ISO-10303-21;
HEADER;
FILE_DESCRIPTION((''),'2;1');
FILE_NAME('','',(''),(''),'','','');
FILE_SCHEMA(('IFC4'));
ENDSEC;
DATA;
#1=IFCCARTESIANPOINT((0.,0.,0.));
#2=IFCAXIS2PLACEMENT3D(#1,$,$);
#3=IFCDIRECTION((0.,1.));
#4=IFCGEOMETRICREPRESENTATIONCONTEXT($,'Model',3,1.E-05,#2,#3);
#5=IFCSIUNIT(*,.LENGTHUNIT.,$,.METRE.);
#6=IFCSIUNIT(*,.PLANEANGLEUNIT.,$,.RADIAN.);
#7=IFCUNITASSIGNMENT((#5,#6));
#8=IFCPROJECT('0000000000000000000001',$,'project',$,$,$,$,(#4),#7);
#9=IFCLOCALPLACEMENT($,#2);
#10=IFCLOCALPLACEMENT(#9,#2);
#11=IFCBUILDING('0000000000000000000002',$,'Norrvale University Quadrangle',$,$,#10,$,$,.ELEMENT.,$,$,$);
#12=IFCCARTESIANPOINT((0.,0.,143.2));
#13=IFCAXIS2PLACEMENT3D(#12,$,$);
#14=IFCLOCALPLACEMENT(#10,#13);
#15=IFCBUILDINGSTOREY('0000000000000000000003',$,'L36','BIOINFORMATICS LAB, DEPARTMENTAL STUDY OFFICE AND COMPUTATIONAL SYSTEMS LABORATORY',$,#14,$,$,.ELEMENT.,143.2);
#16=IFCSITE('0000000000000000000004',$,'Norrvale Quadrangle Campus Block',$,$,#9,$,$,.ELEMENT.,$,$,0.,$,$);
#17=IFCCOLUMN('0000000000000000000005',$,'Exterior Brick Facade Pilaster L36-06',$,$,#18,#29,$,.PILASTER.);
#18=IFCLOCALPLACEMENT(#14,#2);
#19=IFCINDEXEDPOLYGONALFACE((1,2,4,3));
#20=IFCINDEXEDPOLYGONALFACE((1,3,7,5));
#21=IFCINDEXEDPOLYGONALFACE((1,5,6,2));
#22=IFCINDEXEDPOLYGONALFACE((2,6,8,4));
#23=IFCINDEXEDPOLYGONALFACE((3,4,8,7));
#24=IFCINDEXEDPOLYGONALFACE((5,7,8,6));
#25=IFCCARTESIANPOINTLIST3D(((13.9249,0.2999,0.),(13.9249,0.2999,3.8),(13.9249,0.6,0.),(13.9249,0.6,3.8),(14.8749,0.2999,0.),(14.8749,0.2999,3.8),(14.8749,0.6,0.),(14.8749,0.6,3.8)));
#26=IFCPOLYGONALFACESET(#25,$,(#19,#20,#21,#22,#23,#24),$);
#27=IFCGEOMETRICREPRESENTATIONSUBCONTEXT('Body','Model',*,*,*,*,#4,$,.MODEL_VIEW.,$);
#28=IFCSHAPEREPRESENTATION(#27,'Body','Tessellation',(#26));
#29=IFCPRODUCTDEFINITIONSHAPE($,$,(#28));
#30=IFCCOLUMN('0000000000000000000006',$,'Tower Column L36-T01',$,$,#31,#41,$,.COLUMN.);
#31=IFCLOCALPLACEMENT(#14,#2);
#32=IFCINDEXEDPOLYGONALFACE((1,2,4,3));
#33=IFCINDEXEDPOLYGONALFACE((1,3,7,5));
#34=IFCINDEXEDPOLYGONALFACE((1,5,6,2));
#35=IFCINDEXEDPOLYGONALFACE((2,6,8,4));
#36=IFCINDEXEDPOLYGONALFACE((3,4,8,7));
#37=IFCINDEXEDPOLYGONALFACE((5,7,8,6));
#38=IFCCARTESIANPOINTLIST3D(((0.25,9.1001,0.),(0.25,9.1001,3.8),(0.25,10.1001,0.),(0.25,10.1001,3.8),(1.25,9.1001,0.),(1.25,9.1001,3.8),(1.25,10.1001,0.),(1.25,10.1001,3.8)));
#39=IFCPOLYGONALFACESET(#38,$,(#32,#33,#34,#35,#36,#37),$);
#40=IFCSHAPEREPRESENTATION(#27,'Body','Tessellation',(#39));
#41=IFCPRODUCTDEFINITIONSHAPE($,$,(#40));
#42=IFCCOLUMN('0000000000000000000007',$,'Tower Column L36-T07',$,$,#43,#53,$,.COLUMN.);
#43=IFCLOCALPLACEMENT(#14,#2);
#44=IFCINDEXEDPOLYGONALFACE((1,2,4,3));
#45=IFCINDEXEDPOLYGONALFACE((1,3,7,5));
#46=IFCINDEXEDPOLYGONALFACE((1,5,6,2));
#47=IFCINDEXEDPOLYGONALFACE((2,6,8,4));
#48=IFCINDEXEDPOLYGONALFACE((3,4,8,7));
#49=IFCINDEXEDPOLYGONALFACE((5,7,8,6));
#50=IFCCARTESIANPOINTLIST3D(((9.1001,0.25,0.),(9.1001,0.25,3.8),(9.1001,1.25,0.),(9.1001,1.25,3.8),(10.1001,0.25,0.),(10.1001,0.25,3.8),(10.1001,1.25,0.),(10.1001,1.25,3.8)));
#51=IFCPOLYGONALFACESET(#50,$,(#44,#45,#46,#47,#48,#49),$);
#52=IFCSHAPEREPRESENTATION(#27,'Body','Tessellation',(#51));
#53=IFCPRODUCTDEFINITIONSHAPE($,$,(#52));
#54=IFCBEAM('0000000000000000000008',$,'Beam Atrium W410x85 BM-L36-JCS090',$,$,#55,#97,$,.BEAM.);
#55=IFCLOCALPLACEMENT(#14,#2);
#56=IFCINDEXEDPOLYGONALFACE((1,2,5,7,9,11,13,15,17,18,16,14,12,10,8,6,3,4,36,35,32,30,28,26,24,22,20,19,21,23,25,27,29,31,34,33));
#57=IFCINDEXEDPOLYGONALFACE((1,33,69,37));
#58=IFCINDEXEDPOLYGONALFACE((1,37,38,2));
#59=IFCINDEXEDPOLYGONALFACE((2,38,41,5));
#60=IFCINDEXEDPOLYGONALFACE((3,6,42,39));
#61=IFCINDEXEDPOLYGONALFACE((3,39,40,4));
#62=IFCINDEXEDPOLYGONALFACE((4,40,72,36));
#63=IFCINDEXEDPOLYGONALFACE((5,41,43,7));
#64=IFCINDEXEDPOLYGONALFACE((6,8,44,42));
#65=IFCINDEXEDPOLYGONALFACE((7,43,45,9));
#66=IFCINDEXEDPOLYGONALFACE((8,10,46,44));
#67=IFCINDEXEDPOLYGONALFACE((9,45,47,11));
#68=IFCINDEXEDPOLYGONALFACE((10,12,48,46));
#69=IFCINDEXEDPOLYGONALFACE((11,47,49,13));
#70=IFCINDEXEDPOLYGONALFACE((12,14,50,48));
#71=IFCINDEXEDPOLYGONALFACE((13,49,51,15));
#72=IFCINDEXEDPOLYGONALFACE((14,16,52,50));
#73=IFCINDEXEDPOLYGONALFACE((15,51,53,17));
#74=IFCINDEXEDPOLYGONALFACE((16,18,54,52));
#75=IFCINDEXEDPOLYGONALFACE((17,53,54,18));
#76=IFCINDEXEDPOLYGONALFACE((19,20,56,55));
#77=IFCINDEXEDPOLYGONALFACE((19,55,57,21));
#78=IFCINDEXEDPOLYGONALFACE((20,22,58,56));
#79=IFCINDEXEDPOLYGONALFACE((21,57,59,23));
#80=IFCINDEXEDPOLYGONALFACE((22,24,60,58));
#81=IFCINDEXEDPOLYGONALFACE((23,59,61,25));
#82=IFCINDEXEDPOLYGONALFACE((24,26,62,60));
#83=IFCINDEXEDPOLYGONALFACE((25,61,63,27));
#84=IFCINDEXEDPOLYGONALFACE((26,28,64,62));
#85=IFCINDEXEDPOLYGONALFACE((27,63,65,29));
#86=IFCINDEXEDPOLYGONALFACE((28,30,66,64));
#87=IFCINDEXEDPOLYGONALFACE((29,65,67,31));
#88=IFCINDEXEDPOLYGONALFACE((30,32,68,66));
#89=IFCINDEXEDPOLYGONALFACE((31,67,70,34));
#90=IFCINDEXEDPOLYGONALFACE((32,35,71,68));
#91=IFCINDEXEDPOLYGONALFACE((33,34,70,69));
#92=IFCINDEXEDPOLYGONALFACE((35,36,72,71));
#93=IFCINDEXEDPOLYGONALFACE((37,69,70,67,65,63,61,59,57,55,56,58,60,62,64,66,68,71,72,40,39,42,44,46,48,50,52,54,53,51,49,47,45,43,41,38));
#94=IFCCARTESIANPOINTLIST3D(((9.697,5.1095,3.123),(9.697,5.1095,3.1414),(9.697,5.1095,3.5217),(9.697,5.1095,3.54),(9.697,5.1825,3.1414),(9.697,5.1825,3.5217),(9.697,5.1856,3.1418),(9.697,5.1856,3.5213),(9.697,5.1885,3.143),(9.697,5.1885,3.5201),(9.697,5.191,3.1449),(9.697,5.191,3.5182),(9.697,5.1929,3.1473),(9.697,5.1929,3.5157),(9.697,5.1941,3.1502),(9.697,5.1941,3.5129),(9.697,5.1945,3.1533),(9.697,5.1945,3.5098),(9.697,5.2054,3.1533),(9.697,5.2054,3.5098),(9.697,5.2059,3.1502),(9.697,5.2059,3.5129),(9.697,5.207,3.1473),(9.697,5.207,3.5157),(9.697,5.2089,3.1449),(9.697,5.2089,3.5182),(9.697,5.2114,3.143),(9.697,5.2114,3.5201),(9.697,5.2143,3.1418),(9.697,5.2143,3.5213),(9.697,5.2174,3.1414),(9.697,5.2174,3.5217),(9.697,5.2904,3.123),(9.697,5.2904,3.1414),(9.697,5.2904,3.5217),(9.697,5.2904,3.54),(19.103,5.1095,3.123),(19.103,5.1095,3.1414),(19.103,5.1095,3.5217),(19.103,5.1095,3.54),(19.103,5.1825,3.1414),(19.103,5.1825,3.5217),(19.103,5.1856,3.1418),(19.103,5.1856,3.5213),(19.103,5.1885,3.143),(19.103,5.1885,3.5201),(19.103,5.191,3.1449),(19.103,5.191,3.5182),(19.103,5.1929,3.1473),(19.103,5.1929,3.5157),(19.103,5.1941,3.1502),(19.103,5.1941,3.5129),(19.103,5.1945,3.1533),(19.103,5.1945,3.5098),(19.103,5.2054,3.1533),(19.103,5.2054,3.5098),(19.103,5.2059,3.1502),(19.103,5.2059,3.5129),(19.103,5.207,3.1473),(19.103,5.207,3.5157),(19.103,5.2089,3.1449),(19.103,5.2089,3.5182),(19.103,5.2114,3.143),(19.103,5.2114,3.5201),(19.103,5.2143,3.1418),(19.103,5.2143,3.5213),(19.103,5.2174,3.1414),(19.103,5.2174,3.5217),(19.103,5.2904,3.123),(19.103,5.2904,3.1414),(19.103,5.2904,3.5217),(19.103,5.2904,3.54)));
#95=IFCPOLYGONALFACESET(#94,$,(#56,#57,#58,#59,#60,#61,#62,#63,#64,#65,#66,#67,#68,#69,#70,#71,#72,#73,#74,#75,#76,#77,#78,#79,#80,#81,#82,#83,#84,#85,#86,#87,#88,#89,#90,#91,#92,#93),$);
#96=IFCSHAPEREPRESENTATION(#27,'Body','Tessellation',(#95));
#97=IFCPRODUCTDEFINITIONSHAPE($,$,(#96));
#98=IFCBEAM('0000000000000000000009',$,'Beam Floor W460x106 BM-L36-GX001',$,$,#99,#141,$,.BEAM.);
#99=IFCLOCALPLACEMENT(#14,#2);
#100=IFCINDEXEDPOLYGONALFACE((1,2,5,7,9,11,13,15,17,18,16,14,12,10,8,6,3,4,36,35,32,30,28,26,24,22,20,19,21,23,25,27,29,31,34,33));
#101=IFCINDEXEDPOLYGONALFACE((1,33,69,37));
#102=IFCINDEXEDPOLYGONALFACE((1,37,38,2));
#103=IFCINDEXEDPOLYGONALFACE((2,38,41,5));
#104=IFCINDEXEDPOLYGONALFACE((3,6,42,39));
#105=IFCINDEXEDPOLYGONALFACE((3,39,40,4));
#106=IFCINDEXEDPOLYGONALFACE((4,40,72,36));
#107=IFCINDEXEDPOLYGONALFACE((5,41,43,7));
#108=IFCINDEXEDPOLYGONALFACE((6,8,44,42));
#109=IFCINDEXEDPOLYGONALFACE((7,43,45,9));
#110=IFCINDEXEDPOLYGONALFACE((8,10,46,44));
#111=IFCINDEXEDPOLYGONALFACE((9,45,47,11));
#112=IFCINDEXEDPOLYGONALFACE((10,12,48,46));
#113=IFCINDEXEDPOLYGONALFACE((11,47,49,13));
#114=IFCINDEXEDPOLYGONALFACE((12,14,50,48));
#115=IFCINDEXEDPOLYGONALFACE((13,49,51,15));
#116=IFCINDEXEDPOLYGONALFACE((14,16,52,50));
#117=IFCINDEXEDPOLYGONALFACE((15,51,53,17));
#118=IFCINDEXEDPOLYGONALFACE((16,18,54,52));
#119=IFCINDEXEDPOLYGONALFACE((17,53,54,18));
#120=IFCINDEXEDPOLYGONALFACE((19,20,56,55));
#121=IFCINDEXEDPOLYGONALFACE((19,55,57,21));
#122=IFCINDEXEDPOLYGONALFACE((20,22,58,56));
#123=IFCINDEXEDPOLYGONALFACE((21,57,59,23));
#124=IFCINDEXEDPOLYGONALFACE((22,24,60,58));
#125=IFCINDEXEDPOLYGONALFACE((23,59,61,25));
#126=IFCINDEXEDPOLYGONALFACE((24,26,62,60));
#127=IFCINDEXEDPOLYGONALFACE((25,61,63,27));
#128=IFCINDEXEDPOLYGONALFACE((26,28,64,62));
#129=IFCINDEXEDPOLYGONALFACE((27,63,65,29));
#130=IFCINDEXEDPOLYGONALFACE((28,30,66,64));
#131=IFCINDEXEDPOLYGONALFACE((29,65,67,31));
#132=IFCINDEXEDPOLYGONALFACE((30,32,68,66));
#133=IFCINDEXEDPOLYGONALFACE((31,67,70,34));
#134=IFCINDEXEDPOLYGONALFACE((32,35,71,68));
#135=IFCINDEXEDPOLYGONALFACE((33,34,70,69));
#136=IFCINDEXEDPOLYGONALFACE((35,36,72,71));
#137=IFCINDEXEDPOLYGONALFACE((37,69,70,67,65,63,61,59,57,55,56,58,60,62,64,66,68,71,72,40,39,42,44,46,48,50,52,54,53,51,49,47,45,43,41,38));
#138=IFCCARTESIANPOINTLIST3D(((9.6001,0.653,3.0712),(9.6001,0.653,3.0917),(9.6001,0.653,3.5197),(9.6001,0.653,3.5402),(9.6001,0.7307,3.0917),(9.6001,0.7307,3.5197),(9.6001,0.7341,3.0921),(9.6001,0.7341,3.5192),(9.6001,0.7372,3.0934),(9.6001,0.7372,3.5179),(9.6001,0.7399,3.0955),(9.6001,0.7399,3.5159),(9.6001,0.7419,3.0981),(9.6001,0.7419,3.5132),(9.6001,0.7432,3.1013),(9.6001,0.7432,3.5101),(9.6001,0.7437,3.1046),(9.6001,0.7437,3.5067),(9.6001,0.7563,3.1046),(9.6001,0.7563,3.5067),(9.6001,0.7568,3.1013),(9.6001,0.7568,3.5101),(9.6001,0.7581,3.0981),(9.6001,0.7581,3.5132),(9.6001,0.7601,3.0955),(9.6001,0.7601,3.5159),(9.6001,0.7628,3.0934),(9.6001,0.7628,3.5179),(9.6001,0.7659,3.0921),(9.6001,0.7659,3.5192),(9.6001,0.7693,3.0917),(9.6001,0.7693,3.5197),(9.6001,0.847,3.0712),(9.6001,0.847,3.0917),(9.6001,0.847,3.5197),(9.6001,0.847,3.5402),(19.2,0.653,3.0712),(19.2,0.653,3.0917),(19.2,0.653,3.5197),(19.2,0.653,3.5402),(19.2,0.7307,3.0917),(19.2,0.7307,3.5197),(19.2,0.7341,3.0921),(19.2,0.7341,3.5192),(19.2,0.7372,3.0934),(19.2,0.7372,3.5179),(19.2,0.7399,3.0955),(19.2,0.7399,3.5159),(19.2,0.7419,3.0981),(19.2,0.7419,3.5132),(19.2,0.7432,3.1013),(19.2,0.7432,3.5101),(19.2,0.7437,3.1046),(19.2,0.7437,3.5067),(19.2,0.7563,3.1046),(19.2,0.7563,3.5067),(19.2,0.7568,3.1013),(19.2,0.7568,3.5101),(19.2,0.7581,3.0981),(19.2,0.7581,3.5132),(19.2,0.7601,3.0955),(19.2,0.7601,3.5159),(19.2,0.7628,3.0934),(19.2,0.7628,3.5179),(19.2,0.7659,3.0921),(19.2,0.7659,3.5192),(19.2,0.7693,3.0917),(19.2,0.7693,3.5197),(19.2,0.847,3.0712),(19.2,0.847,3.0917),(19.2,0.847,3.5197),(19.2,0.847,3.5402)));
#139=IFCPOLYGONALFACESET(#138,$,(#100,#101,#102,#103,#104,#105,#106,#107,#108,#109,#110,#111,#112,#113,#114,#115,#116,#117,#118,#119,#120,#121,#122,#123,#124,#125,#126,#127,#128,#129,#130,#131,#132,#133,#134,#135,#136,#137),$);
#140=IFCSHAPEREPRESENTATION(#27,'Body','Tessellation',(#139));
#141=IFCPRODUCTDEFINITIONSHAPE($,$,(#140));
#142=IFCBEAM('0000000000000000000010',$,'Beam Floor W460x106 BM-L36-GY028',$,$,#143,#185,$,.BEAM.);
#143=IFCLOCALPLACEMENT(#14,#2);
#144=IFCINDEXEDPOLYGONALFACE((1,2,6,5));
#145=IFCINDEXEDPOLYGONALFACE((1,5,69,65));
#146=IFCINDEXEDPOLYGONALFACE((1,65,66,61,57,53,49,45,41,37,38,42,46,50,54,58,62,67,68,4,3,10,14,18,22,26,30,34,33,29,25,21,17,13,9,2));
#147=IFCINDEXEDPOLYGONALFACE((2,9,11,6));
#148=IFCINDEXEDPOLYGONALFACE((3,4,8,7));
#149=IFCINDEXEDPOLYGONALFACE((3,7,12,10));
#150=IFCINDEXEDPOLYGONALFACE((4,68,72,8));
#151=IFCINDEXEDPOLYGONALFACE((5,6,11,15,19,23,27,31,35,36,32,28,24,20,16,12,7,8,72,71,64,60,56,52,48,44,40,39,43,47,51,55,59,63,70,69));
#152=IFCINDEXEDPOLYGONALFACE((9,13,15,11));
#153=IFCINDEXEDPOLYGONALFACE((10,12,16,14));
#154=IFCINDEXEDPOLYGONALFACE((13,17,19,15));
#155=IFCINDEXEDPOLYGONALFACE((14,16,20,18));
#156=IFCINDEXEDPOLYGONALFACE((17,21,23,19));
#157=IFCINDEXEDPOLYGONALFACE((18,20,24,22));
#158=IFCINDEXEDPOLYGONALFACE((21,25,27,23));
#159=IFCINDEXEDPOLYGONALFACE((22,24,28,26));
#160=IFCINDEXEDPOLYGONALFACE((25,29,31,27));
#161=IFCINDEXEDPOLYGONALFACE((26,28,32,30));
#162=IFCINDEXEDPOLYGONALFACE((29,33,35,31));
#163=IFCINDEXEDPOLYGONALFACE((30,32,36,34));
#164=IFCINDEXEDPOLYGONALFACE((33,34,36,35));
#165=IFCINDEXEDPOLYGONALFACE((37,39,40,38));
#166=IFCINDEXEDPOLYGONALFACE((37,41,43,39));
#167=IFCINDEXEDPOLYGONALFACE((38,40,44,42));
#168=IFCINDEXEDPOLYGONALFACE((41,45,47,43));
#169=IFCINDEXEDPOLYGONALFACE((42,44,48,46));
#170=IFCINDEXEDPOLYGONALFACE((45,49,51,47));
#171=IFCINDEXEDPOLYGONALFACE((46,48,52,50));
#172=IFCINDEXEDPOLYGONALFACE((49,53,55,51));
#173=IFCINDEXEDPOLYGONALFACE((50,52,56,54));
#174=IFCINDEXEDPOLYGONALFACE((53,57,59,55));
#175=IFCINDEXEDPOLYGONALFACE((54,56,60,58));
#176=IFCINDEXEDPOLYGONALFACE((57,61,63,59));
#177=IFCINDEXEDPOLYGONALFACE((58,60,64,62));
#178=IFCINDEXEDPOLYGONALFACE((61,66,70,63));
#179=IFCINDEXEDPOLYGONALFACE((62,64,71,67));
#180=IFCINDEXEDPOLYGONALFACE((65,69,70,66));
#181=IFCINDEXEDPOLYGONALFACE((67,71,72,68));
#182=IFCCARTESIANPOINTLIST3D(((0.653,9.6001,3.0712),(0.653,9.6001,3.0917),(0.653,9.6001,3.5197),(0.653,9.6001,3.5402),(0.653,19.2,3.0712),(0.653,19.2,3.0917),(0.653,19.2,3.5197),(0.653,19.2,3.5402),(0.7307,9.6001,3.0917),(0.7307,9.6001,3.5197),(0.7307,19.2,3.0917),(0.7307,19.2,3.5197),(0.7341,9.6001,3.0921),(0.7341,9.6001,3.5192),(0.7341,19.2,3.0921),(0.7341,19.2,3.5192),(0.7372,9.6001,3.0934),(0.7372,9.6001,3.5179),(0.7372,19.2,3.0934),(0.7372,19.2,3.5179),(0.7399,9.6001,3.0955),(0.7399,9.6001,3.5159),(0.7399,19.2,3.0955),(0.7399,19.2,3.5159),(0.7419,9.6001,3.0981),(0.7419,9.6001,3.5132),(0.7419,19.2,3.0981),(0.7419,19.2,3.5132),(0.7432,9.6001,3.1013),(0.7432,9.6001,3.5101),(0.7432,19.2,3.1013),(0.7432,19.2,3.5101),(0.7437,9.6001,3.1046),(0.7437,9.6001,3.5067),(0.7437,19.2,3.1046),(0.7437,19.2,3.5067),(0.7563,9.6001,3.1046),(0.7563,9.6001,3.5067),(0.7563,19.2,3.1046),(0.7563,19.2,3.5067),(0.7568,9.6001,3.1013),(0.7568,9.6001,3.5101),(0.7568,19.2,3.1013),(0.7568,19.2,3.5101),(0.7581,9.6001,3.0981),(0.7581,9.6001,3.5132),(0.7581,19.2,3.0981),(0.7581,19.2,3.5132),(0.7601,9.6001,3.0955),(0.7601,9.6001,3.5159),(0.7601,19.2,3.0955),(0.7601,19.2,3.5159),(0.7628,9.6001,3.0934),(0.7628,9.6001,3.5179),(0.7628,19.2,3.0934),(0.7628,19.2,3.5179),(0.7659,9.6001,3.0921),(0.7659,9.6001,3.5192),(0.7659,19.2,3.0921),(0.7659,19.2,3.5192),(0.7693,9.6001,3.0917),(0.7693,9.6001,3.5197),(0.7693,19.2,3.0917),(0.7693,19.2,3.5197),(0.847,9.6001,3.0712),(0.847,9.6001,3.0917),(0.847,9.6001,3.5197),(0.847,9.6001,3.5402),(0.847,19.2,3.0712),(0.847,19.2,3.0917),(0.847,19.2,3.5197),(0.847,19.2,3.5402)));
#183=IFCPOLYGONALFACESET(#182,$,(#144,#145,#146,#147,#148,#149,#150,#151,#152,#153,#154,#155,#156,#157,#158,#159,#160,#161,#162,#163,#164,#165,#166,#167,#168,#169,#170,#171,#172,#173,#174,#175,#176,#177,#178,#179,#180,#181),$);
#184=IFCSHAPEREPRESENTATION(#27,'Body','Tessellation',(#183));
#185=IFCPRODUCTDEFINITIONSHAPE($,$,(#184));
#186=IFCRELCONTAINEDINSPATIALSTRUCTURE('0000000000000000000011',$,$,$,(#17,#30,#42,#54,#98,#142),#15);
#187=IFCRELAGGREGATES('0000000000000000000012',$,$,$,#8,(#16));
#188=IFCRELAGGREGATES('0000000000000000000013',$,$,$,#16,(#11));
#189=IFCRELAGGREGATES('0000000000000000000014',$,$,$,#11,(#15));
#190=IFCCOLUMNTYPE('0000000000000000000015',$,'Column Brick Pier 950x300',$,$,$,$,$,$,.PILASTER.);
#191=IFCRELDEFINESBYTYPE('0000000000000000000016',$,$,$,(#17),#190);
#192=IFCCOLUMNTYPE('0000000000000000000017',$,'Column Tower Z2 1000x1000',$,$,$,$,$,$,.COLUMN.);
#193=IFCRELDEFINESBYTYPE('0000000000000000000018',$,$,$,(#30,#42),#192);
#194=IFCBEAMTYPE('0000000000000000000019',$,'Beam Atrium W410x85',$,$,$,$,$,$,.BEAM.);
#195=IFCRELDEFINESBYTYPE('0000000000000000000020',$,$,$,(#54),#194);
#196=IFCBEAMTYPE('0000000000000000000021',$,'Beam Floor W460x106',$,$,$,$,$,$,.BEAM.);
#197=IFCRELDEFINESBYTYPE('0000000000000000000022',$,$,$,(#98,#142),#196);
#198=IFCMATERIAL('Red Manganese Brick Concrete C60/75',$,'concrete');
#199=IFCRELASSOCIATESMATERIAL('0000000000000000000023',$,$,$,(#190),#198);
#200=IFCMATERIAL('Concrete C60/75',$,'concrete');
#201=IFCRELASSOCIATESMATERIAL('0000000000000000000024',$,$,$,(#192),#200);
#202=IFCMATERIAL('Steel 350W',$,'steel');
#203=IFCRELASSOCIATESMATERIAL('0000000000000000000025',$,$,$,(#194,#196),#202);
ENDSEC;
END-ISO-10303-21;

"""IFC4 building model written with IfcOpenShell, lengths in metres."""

from ifc_helpers import new_model, si_unit, direction, frame, origin, origin_2d, place, context, subcontext, project, spatial, rectangle, i_section, extrude, material, material_profile, profile_set, type_object, element, save


model = new_model("IFC4")

# Units and contexts
model_context = context("Model", 3, precision=1e-05, world=origin(), true_north=direction((0.0, 1.0)))
body_context = subcontext(model_context, "Body", "Model", "MODEL_VIEW")
ifc_project = project(units=[si_unit("LENGTHUNIT", "METRE"), si_unit("PLANEANGLEUNIT", "RADIAN")], contexts=[model_context])

# Site, building, storey
site_placement = place(None, origin())
site = spatial("IfcSite", under=ifc_project, at=site_placement, Name="Norrvale Quadrangle Campus Block", CompositionType="ELEMENT", RefElevation=0.0)
building_placement = place(site_placement, origin())
building = spatial("IfcBuilding", under=site, at=building_placement, Name="Norrvale University Quadrangle", CompositionType="ELEMENT")
storey_placement = place(building_placement, frame((0.0, 0.0, 143.2)))
storey = spatial("IfcBuildingStorey", under=building, at=storey_placement, Name="L36", Description="BIOINFORMATICS LAB, DEPARTMENTAL STUDY OFFICE AND COMPUTATIONAL SYSTEMS LABORATORY", CompositionType="ELEMENT", Elevation=143.2)

# Columns
ifc_material_1 = material(Name="Red Manganese Brick Concrete C60/75", Category="concrete")
ifc_material_profile_1 = material_profile(ifc_material_1, rectangle(XDim=0.95, YDim=0.3, at=origin_2d()), Name="Red Manganese Brick Concrete C60/75")
ifc_profile_set_1 = profile_set([ifc_material_profile_1], Name="Red Manganese Brick Concrete C60/75")
column_type_1 = type_object("IfcColumnType", Name="Column Brick Pier 950x300", PredefinedType="PILASTER", material=ifc_profile_set_1)
column_placement = place(storey_placement, frame((14.3999, 0.45, 0.0), z_axis=(0.0, 0.0, 1.0), x_axis=(1.0, 0.0, 0.0)))
element("IfcColumn", 1, at=column_placement, inside=storey, type_object=column_type_1, Name="Exterior Brick Facade Pilaster L36-06", PredefinedType="PILASTER", context=body_context, shape_type="SweptSolid", body=[
    extrude(rectangle(XDim=0.95, YDim=0.3, at=origin_2d()), origin(), (0.0, 0.0, 1.0), 3.8),
])
ifc_material_2 = material(Name="Concrete C60/75", Category="concrete")
ifc_material_profile_2 = material_profile(ifc_material_2, rectangle(XDim=1.0, YDim=1.0, at=origin_2d()), Name="Concrete C60/75")
ifc_profile_set_2 = profile_set([ifc_material_profile_2], Name="Concrete C60/75")
column_type_2 = type_object("IfcColumnType", Name="Column Tower Z2 1000x1000", PredefinedType="COLUMN", material=ifc_profile_set_2)
for number, where, z_axis, x_axis, name in (
    (2, (0.75, 9.6001, 0.0), (0.0, 0.0, 1.0), (1.0, 0.0, 0.0), "Tower Column L36-T01"),
    (3, (9.6001, 0.75, 0.0), (0.0, 0.0, 1.0), (1.0, 0.0, 0.0), "Tower Column L36-T07"),
):
    element("IfcColumn", number, at=place(storey_placement, frame(where, z_axis=z_axis, x_axis=x_axis)), inside=storey, type_object=column_type_2, Name=name, PredefinedType="COLUMN", context=body_context, shape_type="SweptSolid", body=[
        extrude(rectangle(XDim=1.0, YDim=1.0, at=origin_2d()), origin(), (0.0, 0.0, 1.0), 3.8),
    ])

# Beams
ifc_material_3 = material(Name="Steel 350W", Category="steel")
ifc_material_profile_3 = material_profile(ifc_material_3, i_section(OverallWidth=0.1809, OverallDepth=0.417, WebThickness=0.011, FlangeThickness=0.0183, FilletRadius=0.012, at=origin_2d()), Name="Steel 350W")
ifc_profile_set_3 = profile_set([ifc_material_profile_3], Name="Steel 350W")
beam_type_1 = type_object("IfcBeamType", Name="Beam Atrium W410x85", PredefinedType="BEAM", material=ifc_profile_set_3)
beam_1_placement = place(storey_placement, frame((9.697, 5.2, 3.3315), z_axis=(1.0, 0.0, 0.0), x_axis=(0.0, 1.0, 0.0)))
element("IfcBeam", 4, at=beam_1_placement, inside=storey, type_object=beam_type_1, Name="Beam Atrium W410x85 BM-L36-JCS090", PredefinedType="BEAM", context=body_context, shape_type="SweptSolid", body=[
    extrude(i_section(OverallWidth=0.1809, OverallDepth=0.417, WebThickness=0.011, FlangeThickness=0.0183, FilletRadius=0.012, at=origin_2d()), origin(), (0.0, 0.0, 1.0), 9.406),
])
ifc_material_profile_4 = material_profile(ifc_material_3, i_section(OverallWidth=0.1941, OverallDepth=0.469, WebThickness=0.0127, FlangeThickness=0.0205, FilletRadius=0.0129, at=origin_2d()), Name="Steel 350W")
ifc_profile_set_4 = profile_set([ifc_material_profile_4], Name="Steel 350W")
beam_type_2 = type_object("IfcBeamType", Name="Beam Floor W460x106", PredefinedType="BEAM", material=ifc_profile_set_4)
for number, where, z_axis, x_axis, name in (
    (5, (9.6001, 0.75, 3.3057), (1.0, 0.0, 0.0), (0.0, 1.0, 0.0), "Beam Floor W460x106 BM-L36-GX001"),
    (6, (0.75, 9.6001, 3.3057), (0.0, 1.0, 0.0), (-1.0, 0.0, 0.0), "Beam Floor W460x106 BM-L36-GY028"),
):
    element("IfcBeam", number, at=place(storey_placement, frame(where, z_axis=z_axis, x_axis=x_axis)), inside=storey, type_object=beam_type_2, Name=name, PredefinedType="BEAM", context=body_context, shape_type="SweptSolid", body=[
        extrude(i_section(OverallWidth=0.1941, OverallDepth=0.469, WebThickness=0.0127, FlangeThickness=0.0205, FilletRadius=0.0129, at=origin_2d()), origin(), (0.0, 0.0, 1.0), 9.5999),
    ])

save(model, "model.ifc")
